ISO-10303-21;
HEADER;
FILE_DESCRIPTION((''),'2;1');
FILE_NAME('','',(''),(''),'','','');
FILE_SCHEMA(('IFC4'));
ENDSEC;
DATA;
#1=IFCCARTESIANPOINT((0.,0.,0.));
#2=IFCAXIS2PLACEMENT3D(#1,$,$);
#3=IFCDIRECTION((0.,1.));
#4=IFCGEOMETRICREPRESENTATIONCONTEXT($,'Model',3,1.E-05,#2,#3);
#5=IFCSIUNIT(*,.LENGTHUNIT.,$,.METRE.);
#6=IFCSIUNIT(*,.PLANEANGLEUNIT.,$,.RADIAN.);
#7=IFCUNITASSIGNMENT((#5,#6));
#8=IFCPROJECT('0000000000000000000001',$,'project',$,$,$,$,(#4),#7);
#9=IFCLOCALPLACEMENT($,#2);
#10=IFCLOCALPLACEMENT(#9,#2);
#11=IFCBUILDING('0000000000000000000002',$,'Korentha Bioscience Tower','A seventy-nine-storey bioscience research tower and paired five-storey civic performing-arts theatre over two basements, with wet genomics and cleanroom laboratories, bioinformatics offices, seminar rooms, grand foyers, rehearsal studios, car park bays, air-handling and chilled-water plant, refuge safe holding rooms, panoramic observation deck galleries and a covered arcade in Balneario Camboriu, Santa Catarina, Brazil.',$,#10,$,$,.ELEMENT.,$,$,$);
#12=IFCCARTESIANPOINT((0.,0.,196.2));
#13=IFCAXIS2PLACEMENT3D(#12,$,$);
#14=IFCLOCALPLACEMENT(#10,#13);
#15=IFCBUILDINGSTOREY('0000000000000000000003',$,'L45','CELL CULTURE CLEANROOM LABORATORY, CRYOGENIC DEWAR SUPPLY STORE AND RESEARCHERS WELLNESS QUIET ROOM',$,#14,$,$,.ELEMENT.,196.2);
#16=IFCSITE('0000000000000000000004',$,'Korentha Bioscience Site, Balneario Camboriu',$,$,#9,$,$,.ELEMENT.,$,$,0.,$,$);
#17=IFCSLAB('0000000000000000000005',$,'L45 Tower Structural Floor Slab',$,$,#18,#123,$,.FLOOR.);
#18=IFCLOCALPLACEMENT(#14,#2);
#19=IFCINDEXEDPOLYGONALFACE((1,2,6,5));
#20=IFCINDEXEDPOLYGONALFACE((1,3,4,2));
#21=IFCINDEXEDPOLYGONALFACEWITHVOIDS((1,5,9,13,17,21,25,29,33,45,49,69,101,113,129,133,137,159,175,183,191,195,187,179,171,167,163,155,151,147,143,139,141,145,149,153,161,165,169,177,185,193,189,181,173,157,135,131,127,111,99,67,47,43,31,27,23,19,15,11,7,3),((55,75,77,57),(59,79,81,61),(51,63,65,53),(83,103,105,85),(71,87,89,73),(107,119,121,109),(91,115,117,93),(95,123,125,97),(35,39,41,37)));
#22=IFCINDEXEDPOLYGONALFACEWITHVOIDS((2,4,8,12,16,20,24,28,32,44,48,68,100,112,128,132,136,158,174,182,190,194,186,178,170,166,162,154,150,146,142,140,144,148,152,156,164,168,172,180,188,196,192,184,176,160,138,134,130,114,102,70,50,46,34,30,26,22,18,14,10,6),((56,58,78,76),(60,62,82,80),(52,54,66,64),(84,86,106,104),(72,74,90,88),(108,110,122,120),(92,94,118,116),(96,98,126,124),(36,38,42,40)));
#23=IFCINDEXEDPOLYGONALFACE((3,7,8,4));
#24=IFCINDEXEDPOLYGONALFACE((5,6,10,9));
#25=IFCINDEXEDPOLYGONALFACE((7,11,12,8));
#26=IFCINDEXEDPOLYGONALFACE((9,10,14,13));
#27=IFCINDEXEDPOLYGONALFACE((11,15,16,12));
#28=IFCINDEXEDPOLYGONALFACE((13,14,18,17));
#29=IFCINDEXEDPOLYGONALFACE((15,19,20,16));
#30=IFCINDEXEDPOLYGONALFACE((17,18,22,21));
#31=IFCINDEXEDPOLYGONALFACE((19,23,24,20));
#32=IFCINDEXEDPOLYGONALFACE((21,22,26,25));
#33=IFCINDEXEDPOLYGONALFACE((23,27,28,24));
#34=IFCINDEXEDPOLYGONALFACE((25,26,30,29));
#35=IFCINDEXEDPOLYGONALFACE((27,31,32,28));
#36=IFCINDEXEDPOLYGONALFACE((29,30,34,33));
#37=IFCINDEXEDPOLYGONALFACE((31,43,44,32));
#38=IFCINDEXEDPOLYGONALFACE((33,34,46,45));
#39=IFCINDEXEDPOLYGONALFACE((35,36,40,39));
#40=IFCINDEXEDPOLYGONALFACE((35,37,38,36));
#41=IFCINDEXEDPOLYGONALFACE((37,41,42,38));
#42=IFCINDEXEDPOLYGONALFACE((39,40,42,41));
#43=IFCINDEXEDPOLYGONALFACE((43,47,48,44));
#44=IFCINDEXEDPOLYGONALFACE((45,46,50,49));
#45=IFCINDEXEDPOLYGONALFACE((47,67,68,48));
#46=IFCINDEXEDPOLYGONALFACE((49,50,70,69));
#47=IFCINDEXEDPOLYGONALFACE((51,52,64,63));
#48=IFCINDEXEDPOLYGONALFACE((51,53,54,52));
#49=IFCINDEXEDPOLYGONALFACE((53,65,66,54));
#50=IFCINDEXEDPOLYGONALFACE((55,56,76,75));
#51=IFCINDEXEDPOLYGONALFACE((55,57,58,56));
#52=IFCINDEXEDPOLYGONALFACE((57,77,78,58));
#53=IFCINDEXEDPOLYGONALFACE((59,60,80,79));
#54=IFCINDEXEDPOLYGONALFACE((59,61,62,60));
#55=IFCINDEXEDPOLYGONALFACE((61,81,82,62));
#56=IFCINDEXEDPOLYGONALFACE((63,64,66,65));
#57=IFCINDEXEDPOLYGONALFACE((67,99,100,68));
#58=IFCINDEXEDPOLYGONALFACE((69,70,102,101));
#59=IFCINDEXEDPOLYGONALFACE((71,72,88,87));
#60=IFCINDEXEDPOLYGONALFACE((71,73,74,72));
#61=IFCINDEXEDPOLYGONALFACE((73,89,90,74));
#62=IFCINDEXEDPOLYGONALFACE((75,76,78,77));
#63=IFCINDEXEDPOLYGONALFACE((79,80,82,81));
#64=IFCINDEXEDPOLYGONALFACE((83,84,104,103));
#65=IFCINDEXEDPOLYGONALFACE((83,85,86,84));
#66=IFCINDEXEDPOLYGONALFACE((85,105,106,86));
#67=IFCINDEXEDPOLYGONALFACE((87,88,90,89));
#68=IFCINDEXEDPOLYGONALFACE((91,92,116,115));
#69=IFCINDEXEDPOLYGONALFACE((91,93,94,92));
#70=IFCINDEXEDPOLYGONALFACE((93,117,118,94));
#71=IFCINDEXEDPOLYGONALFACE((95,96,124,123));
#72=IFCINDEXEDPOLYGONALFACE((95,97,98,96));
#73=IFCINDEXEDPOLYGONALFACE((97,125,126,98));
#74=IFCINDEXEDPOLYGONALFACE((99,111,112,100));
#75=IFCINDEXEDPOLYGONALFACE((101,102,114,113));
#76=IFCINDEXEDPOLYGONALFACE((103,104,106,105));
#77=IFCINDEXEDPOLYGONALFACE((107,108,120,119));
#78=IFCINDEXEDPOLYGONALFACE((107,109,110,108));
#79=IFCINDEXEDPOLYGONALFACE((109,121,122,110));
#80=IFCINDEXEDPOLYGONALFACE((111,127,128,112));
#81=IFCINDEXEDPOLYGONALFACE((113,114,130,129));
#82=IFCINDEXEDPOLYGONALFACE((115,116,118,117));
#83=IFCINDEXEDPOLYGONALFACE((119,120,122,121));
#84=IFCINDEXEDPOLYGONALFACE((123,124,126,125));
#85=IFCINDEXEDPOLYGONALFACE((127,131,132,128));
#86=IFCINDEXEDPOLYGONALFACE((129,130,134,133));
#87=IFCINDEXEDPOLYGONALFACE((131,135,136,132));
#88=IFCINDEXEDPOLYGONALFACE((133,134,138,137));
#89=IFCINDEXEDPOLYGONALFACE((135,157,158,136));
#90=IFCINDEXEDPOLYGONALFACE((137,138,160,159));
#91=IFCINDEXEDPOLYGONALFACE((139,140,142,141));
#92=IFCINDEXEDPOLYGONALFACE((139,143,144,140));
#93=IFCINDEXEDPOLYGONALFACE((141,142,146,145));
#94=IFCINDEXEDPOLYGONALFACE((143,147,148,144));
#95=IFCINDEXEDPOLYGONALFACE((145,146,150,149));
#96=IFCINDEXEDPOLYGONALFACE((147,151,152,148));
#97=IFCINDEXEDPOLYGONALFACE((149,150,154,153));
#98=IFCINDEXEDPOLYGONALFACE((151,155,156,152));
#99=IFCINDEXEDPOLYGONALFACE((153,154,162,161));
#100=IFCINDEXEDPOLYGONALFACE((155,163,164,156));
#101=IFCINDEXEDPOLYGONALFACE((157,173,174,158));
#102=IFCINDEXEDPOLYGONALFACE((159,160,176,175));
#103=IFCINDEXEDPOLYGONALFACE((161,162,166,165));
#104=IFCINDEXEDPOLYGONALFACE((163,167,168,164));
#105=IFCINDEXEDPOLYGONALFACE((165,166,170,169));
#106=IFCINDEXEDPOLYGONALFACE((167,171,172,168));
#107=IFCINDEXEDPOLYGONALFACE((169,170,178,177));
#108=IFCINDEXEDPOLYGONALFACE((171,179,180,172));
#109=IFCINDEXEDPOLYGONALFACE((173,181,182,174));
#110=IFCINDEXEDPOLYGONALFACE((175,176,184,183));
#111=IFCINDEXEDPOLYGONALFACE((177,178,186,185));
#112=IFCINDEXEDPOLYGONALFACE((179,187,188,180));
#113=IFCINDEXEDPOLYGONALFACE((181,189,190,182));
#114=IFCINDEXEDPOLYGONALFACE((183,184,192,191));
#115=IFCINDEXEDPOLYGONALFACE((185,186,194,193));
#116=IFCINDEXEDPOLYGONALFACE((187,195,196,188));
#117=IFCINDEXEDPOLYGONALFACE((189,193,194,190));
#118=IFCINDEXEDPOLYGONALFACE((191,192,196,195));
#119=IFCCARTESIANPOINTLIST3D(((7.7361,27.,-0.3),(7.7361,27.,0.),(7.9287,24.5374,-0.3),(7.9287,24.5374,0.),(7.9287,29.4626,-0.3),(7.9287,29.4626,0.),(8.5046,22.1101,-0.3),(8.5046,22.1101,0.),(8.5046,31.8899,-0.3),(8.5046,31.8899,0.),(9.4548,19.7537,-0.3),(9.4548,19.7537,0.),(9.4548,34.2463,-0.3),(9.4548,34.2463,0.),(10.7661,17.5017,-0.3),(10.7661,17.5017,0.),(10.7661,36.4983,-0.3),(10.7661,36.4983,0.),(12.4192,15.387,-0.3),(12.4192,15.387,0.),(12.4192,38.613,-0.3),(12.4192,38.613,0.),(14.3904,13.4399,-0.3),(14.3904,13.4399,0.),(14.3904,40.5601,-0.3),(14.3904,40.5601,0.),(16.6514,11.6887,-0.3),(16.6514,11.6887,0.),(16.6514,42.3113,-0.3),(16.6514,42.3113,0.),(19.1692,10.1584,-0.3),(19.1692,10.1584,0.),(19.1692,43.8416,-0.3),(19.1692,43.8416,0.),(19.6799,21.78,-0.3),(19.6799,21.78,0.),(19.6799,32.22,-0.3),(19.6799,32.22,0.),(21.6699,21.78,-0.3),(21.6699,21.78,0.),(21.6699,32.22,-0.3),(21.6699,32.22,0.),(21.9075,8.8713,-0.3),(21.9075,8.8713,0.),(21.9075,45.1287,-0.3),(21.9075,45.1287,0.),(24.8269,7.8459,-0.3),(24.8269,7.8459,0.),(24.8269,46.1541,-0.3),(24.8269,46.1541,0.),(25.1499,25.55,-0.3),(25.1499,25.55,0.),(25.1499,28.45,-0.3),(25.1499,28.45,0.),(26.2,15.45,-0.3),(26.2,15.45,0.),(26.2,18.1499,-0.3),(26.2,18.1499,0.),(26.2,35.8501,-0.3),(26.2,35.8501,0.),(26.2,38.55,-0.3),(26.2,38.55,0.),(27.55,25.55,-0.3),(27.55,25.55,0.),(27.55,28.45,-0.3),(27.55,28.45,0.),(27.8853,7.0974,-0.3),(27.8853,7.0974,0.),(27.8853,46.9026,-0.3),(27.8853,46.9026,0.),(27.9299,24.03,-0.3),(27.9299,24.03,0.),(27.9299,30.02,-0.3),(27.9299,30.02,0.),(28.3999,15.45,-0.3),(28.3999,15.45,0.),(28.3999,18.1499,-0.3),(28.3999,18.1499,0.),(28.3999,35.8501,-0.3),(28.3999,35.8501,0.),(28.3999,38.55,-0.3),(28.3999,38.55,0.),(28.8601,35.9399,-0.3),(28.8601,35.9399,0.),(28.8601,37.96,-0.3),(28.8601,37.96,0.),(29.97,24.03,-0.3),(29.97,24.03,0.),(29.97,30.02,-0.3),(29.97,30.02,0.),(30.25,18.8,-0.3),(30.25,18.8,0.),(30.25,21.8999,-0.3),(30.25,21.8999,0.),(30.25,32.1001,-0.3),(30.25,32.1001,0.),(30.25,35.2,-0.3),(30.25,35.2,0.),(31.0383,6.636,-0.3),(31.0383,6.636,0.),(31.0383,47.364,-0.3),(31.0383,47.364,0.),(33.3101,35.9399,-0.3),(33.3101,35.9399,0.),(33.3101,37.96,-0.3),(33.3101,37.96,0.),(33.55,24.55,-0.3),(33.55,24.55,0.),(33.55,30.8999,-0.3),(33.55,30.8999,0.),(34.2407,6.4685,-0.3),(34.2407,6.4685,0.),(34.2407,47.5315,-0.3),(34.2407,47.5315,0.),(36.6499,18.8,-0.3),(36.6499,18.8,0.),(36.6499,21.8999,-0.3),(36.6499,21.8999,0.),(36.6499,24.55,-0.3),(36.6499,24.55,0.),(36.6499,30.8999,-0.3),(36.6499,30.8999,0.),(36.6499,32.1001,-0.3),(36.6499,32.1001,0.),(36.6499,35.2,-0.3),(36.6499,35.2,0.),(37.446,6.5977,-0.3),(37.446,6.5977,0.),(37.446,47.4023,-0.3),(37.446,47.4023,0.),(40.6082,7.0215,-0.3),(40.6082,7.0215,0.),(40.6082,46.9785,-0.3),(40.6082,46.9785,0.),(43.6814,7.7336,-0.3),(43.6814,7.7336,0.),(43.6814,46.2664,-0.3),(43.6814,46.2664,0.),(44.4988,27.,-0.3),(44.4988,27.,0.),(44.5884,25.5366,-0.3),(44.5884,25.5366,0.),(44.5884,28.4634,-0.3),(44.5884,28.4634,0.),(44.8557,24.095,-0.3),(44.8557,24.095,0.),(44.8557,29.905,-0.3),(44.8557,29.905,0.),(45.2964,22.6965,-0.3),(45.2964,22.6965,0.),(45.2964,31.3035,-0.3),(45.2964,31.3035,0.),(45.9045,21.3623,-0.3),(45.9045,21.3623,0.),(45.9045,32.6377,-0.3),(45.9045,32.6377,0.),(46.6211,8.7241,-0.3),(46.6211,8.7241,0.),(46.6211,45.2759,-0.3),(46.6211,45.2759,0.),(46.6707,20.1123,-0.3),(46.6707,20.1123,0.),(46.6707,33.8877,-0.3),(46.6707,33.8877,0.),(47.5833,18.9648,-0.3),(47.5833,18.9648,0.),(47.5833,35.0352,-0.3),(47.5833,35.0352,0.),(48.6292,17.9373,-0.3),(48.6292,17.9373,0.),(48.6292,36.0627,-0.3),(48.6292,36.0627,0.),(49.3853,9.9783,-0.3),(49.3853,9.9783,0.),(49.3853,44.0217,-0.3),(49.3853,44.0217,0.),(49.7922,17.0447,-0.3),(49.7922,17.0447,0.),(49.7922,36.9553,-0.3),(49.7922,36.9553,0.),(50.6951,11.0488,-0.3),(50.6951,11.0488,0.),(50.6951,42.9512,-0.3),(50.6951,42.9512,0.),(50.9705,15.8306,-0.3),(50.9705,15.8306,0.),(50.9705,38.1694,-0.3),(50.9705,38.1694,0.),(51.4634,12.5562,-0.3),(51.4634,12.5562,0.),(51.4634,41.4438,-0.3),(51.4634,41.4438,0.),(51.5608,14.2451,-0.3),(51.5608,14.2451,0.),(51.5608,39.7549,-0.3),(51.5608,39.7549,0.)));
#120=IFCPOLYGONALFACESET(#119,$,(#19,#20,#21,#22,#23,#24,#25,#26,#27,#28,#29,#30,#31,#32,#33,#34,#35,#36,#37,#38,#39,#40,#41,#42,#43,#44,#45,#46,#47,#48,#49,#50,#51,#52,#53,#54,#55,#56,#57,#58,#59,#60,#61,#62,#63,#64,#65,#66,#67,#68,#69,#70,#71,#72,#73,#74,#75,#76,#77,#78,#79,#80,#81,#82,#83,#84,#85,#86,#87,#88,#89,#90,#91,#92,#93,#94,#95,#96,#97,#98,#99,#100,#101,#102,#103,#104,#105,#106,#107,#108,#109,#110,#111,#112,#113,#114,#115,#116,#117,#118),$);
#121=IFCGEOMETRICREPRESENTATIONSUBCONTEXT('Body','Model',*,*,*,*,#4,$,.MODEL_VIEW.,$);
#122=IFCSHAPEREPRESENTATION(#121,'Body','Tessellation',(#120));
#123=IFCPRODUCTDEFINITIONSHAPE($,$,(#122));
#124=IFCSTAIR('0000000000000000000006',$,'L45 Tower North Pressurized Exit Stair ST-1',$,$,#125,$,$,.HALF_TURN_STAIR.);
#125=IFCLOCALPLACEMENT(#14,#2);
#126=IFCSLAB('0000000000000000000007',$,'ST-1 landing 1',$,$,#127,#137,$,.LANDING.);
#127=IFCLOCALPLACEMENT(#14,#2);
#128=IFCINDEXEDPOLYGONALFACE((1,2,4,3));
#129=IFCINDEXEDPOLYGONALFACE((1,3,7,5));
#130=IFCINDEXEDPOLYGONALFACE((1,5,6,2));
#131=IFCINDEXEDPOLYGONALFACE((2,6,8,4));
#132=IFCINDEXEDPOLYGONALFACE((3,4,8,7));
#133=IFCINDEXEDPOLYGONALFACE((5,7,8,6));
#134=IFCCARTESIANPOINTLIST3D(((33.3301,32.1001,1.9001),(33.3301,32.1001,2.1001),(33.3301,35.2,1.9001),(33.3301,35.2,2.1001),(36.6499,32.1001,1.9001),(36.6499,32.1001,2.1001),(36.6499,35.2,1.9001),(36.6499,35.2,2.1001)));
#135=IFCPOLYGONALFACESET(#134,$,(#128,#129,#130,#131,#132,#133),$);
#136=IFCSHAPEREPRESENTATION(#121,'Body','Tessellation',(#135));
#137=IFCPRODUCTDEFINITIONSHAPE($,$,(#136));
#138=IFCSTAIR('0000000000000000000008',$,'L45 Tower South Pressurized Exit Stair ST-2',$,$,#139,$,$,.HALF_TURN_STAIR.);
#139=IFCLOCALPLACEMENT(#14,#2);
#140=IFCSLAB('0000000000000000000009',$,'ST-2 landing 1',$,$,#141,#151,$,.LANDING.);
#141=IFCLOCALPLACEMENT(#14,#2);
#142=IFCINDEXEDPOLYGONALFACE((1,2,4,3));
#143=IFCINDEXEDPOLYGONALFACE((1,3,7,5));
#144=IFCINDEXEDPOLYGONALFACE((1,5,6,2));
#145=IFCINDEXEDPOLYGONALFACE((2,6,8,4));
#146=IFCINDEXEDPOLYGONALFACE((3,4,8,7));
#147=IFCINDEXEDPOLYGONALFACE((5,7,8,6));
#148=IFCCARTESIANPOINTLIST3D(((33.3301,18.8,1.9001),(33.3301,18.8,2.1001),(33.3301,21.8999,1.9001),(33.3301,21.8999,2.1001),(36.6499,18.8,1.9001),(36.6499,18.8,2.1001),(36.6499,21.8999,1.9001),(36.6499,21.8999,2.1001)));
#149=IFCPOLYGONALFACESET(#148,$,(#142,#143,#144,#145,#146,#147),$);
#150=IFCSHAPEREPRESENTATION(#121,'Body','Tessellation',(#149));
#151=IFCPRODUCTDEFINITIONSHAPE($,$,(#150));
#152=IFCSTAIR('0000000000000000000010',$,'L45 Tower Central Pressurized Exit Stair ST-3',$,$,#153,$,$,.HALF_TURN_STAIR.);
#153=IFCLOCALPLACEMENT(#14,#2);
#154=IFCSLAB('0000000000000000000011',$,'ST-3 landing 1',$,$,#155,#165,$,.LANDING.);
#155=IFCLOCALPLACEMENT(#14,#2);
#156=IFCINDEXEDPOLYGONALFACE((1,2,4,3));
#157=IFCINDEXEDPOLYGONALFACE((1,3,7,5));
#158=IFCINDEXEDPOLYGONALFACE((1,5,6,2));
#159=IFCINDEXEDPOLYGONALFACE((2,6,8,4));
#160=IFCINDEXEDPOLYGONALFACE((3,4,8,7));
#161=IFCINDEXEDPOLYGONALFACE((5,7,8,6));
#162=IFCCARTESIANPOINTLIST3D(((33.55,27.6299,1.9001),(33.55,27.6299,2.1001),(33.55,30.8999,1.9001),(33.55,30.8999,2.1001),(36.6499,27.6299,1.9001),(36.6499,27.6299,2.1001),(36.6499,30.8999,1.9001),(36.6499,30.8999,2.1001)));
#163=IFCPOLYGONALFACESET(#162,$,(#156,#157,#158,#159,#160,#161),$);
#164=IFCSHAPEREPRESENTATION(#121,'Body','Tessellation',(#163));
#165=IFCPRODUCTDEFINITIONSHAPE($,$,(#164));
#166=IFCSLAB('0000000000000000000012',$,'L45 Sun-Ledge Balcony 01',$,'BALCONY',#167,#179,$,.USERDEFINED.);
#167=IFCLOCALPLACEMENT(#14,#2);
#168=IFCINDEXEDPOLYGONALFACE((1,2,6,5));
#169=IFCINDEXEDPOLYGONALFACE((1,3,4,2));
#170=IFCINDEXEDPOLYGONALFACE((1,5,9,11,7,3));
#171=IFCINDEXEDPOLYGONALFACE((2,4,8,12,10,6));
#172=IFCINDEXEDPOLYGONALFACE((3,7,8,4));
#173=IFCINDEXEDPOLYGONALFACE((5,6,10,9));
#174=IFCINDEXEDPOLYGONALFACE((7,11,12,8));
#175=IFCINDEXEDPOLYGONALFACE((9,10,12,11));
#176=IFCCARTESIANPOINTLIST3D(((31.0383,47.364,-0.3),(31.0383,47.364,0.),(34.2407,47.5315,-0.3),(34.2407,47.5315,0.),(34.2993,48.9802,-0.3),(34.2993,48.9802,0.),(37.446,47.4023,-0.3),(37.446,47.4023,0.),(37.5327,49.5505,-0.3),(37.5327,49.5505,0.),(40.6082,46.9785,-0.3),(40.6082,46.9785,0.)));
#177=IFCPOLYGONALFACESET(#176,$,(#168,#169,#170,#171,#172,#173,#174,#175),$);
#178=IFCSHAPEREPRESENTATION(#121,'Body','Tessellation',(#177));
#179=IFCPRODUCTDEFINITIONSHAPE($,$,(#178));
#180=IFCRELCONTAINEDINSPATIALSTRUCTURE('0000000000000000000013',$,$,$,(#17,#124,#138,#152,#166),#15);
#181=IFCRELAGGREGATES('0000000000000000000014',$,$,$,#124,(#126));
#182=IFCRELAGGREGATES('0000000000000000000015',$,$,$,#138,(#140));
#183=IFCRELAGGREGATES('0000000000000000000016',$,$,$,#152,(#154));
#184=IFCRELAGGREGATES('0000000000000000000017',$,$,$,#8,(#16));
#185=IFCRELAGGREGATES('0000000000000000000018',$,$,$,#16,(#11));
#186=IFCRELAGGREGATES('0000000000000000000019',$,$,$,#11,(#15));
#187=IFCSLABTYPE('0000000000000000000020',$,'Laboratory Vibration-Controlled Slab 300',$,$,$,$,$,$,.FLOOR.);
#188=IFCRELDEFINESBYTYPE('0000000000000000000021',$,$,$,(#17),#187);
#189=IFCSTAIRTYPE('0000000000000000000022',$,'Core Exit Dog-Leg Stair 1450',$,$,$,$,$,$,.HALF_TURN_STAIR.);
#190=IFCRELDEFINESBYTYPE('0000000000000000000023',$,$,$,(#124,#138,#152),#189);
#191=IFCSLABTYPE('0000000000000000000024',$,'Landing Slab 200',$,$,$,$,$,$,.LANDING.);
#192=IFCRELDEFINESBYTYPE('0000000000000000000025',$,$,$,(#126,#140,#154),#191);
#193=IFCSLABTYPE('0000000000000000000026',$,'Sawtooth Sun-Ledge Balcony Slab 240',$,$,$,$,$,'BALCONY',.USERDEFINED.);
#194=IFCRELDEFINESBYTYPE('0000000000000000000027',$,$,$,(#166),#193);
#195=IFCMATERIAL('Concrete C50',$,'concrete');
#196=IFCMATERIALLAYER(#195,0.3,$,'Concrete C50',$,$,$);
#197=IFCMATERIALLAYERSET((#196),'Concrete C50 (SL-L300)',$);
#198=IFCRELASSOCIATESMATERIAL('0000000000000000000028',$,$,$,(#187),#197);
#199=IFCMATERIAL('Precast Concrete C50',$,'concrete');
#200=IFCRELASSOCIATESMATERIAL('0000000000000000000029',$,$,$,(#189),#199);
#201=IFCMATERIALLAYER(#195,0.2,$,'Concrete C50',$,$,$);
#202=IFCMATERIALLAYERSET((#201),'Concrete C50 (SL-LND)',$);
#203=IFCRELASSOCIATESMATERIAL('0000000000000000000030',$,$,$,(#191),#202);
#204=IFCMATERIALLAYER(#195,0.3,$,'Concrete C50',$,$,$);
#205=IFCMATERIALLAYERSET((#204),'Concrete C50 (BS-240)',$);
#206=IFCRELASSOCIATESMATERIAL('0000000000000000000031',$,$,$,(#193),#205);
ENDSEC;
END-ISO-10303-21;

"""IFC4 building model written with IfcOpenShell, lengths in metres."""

from ifc_helpers import new_model, si_unit, direction, frame, origin, place, context, subcontext, project, spatial, polyline, outline, extrude, material, layer, layer_set, type_object, element, aggregate, save


model = new_model("IFC4")

# Units and contexts
model_context = context("Model", 3, precision=1e-05, world=origin(), true_north=direction((0.0, 1.0)))
body_context = subcontext(model_context, "Body", "Model", "MODEL_VIEW")
ifc_project = project(units=[si_unit("LENGTHUNIT", "METRE"), si_unit("PLANEANGLEUNIT", "RADIAN")], contexts=[model_context])

# Site, building, storey
site_placement = place(None, origin())
site = spatial("IfcSite", under=ifc_project, at=site_placement, Name="Korentha Bioscience Site, Balneario Camboriu", CompositionType="ELEMENT", RefElevation=0.0)
building_placement = place(site_placement, origin())
building = spatial("IfcBuilding", under=site, at=building_placement, Name="Korentha Bioscience Tower", Description="A seventy-nine-storey bioscience research tower and paired five-storey civic performing-arts theatre over two basements, with wet genomics and cleanroom laboratories, bioinformatics offices, seminar rooms, grand foyers, rehearsal studios, car park bays, air-handling and chilled-water plant, refuge safe holding rooms, panoramic observation deck galleries and a covered arcade in Balneario Camboriu, Santa Catarina, Brazil.", CompositionType="ELEMENT")
storey_placement = place(building_placement, frame((0.0, 0.0, 196.2)))
storey = spatial("IfcBuildingStorey", under=building, at=storey_placement, Name="L45", Description="CELL CULTURE CLEANROOM LABORATORY, CRYOGENIC DEWAR SUPPLY STORE AND RESEARCHERS WELLNESS QUIET ROOM", CompositionType="ELEMENT", Elevation=196.2)

# Slab
ifc_material_1 = material(Name="Concrete C50", Category="concrete")
ifc_layer_1 = layer(ifc_material_1, 0.3, Name="Concrete C50")
ifc_layer_set_1 = layer_set([ifc_layer_1], Name="Concrete C50 (SL-L300)")
slab_type_1 = type_object("IfcSlabType", Name="Laboratory Vibration-Controlled Slab 300", PredefinedType="FLOOR", material=ifc_layer_set_1)
slab_1_placement = place(storey_placement, frame((0.0, 0.0, -0.3)))
element("IfcSlab", 1, at=slab_1_placement, inside=storey, type_object=slab_type_1, Name="L45 Tower Structural Floor Slab", PredefinedType="FLOOR", context=body_context, shape_type="SweptSolid", body=[
    extrude(outline(polyline([(49.3853, 44.0217), (46.6211, 45.2759), (43.6814, 46.2664), (40.6082, 46.9785), (37.446, 47.4023), (34.2407, 47.5315), (31.0383, 47.364), (27.8853, 46.9026), (24.8269, 46.1541), (21.9075, 45.1287), (19.1692, 43.8416), (16.6514, 42.3113), (14.3904, 40.5601), (12.4192, 38.613), (10.7661, 36.4983), (9.4548, 34.2463), (8.5046, 31.8899), (7.9287, 29.4626), (7.7361, 27.0), (7.9287, 24.5374), (8.5046, 22.1101), (9.4548, 19.7537), (10.7661, 17.5017), (12.4192, 15.387), (14.3904, 13.4399), (16.6514, 11.6887), (19.1692, 10.1584), (21.9075, 8.8713), (24.8269, 7.8459), (27.8853, 7.0974), (31.0383, 6.636), (34.2407, 6.4685), (37.446, 6.5977), (40.6082, 7.0215), (43.6814, 7.7336), (46.6211, 8.7241), (49.3853, 9.9783), (50.6951, 11.0488), (51.4634, 12.5562), (51.5608, 14.2451), (50.9705, 15.8306), (49.7922, 17.0447), (48.6292, 17.9373), (47.5833, 18.9648), (46.6707, 20.1123), (45.9045, 21.3623), (45.2964, 22.6965), (44.8557, 24.095), (44.5884, 25.5366), (44.4988, 27.0), (44.5884, 28.4634), (44.8557, 29.905), (45.2964, 31.3035), (45.9045, 32.6377), (46.6707, 33.8877), (47.5833, 35.0352), (48.6292, 36.0627), (49.7922, 36.9553), (50.9705, 38.1694), (51.5608, 39.7549), (51.4634, 41.4438), (50.6951, 42.9512), (49.3853, 44.0217)]), holes=[polyline([(30.25, 32.1001), (36.6499, 32.1001), (36.6499, 35.2), (30.25, 35.2), (30.25, 32.1001)]), polyline([(30.25, 18.8), (36.6499, 18.8), (36.6499, 21.8999), (30.25, 21.8999), (30.25, 18.8)]), polyline([(36.6499, 24.55), (36.6499, 30.8999), (33.55, 30.8999), (33.55, 24.55), (36.6499, 24.55)]), polyline([(19.6799, 21.78), (21.6699, 21.78), (21.6699, 32.22), (19.6799, 32.22), (19.6799, 21.78)]), polyline([(27.9299, 24.03), (29.97, 24.03), (29.97, 30.02), (27.9299, 30.02), (27.9299, 24.03)]), polyline([(28.8601, 35.9399), (33.3101, 35.9399), (33.3101, 37.96), (28.8601, 37.96), (28.8601, 35.9399)]), polyline([(26.2, 15.45), (28.3999, 15.45), (28.3999, 18.1499), (26.2, 18.1499), (26.2, 15.45)]), polyline([(26.2, 35.8501), (28.3999, 35.8501), (28.3999, 38.55), (26.2, 38.55), (26.2, 35.8501)]), polyline([(25.1499, 25.55), (27.55, 25.55), (27.55, 28.45), (25.1499, 28.45), (25.1499, 25.55)])]), origin(), (0.0, 0.0, 1.0), 0.3),
])

# Stairs, slabs
ifc_material_2 = material(Name="Precast Concrete C50", Category="concrete")
stair_type = type_object("IfcStairType", Name="Core Exit Dog-Leg Stair 1450", PredefinedType="HALF_TURN_STAIR", material=ifc_material_2)
stair_1_placement = place(storey_placement, origin())
stair_1 = element("IfcStair", 2, at=stair_1_placement, inside=storey, type_object=stair_type, Name="L45 Tower North Pressurized Exit Stair ST-1", PredefinedType="HALF_TURN_STAIR")
ifc_layer_2 = layer(ifc_material_1, 0.2, Name="Concrete C50")
ifc_layer_set_2 = layer_set([ifc_layer_2], Name="Concrete C50 (SL-LND)")
slab_type_2 = type_object("IfcSlabType", Name="Landing Slab 200", PredefinedType="LANDING", material=ifc_layer_set_2)
slab_2_placement = place(storey_placement, frame((0.0, 0.0, 1.9001)))
slab_2 = element("IfcSlab", 3, at=slab_2_placement, type_object=slab_type_2, Name="ST-1 landing 1", PredefinedType="LANDING", context=body_context, shape_type="SweptSolid", body=[
    extrude(outline(polyline([(33.3301, 32.1001), (36.6499, 32.1001), (36.6499, 35.2), (33.3301, 35.2), (33.3301, 32.1001)])), origin(), (0.0, 0.0, 1.0), 0.2),
])
aggregate(stair_1, [slab_2])
stair_2_placement = place(storey_placement, origin())
stair_2 = element("IfcStair", 4, at=stair_2_placement, inside=storey, type_object=stair_type, Name="L45 Tower South Pressurized Exit Stair ST-2", PredefinedType="HALF_TURN_STAIR")
slab_3_placement = place(storey_placement, frame((0.0, 0.0, 1.9001)))
slab_3 = element("IfcSlab", 5, at=slab_3_placement, type_object=slab_type_2, Name="ST-2 landing 1", PredefinedType="LANDING", context=body_context, shape_type="SweptSolid", body=[
    extrude(outline(polyline([(33.3301, 18.8), (36.6499, 18.8), (36.6499, 21.8999), (33.3301, 21.8999), (33.3301, 18.8)])), origin(), (0.0, 0.0, 1.0), 0.2),
])
aggregate(stair_2, [slab_3])
stair_3_placement = place(storey_placement, origin())
stair_3 = element("IfcStair", 6, at=stair_3_placement, inside=storey, type_object=stair_type, Name="L45 Tower Central Pressurized Exit Stair ST-3", PredefinedType="HALF_TURN_STAIR")
slab_4_placement = place(storey_placement, frame((0.0, 0.0, 1.9001)))
slab_4 = element("IfcSlab", 7, at=slab_4_placement, type_object=slab_type_2, Name="ST-3 landing 1", PredefinedType="LANDING", context=body_context, shape_type="SweptSolid", body=[
    extrude(outline(polyline([(36.6499, 27.6299), (36.6499, 30.8999), (33.55, 30.8999), (33.55, 27.6299), (36.6499, 27.6299)])), origin(), (0.0, 0.0, 1.0), 0.2),
])
aggregate(stair_3, [slab_4])

# Slab
ifc_layer_3 = layer(ifc_material_1, 0.3, Name="Concrete C50")
ifc_layer_set_3 = layer_set([ifc_layer_3], Name="Concrete C50 (BS-240)")
slab_type_3 = type_object("IfcSlabType", Name="Sawtooth Sun-Ledge Balcony Slab 240", ElementType="BALCONY", PredefinedType="USERDEFINED", material=ifc_layer_set_3)
slab_5_placement = place(storey_placement, frame((0.0, 0.0, -0.3)))
element("IfcSlab", 8, at=slab_5_placement, inside=storey, type_object=slab_type_3, Name="L45 Sun-Ledge Balcony 01", ObjectType="BALCONY", PredefinedType="USERDEFINED", context=body_context, shape_type="SweptSolid", body=[
    extrude(outline(polyline([(31.0383, 47.364), (34.2407, 47.5315), (37.446, 47.4023), (40.6082, 46.9785), (37.5327, 49.5505), (34.2993, 48.9802), (31.0383, 47.364)])), origin(), (0.0, 0.0, 1.0), 0.3),
])

save(model, "model.ifc")
